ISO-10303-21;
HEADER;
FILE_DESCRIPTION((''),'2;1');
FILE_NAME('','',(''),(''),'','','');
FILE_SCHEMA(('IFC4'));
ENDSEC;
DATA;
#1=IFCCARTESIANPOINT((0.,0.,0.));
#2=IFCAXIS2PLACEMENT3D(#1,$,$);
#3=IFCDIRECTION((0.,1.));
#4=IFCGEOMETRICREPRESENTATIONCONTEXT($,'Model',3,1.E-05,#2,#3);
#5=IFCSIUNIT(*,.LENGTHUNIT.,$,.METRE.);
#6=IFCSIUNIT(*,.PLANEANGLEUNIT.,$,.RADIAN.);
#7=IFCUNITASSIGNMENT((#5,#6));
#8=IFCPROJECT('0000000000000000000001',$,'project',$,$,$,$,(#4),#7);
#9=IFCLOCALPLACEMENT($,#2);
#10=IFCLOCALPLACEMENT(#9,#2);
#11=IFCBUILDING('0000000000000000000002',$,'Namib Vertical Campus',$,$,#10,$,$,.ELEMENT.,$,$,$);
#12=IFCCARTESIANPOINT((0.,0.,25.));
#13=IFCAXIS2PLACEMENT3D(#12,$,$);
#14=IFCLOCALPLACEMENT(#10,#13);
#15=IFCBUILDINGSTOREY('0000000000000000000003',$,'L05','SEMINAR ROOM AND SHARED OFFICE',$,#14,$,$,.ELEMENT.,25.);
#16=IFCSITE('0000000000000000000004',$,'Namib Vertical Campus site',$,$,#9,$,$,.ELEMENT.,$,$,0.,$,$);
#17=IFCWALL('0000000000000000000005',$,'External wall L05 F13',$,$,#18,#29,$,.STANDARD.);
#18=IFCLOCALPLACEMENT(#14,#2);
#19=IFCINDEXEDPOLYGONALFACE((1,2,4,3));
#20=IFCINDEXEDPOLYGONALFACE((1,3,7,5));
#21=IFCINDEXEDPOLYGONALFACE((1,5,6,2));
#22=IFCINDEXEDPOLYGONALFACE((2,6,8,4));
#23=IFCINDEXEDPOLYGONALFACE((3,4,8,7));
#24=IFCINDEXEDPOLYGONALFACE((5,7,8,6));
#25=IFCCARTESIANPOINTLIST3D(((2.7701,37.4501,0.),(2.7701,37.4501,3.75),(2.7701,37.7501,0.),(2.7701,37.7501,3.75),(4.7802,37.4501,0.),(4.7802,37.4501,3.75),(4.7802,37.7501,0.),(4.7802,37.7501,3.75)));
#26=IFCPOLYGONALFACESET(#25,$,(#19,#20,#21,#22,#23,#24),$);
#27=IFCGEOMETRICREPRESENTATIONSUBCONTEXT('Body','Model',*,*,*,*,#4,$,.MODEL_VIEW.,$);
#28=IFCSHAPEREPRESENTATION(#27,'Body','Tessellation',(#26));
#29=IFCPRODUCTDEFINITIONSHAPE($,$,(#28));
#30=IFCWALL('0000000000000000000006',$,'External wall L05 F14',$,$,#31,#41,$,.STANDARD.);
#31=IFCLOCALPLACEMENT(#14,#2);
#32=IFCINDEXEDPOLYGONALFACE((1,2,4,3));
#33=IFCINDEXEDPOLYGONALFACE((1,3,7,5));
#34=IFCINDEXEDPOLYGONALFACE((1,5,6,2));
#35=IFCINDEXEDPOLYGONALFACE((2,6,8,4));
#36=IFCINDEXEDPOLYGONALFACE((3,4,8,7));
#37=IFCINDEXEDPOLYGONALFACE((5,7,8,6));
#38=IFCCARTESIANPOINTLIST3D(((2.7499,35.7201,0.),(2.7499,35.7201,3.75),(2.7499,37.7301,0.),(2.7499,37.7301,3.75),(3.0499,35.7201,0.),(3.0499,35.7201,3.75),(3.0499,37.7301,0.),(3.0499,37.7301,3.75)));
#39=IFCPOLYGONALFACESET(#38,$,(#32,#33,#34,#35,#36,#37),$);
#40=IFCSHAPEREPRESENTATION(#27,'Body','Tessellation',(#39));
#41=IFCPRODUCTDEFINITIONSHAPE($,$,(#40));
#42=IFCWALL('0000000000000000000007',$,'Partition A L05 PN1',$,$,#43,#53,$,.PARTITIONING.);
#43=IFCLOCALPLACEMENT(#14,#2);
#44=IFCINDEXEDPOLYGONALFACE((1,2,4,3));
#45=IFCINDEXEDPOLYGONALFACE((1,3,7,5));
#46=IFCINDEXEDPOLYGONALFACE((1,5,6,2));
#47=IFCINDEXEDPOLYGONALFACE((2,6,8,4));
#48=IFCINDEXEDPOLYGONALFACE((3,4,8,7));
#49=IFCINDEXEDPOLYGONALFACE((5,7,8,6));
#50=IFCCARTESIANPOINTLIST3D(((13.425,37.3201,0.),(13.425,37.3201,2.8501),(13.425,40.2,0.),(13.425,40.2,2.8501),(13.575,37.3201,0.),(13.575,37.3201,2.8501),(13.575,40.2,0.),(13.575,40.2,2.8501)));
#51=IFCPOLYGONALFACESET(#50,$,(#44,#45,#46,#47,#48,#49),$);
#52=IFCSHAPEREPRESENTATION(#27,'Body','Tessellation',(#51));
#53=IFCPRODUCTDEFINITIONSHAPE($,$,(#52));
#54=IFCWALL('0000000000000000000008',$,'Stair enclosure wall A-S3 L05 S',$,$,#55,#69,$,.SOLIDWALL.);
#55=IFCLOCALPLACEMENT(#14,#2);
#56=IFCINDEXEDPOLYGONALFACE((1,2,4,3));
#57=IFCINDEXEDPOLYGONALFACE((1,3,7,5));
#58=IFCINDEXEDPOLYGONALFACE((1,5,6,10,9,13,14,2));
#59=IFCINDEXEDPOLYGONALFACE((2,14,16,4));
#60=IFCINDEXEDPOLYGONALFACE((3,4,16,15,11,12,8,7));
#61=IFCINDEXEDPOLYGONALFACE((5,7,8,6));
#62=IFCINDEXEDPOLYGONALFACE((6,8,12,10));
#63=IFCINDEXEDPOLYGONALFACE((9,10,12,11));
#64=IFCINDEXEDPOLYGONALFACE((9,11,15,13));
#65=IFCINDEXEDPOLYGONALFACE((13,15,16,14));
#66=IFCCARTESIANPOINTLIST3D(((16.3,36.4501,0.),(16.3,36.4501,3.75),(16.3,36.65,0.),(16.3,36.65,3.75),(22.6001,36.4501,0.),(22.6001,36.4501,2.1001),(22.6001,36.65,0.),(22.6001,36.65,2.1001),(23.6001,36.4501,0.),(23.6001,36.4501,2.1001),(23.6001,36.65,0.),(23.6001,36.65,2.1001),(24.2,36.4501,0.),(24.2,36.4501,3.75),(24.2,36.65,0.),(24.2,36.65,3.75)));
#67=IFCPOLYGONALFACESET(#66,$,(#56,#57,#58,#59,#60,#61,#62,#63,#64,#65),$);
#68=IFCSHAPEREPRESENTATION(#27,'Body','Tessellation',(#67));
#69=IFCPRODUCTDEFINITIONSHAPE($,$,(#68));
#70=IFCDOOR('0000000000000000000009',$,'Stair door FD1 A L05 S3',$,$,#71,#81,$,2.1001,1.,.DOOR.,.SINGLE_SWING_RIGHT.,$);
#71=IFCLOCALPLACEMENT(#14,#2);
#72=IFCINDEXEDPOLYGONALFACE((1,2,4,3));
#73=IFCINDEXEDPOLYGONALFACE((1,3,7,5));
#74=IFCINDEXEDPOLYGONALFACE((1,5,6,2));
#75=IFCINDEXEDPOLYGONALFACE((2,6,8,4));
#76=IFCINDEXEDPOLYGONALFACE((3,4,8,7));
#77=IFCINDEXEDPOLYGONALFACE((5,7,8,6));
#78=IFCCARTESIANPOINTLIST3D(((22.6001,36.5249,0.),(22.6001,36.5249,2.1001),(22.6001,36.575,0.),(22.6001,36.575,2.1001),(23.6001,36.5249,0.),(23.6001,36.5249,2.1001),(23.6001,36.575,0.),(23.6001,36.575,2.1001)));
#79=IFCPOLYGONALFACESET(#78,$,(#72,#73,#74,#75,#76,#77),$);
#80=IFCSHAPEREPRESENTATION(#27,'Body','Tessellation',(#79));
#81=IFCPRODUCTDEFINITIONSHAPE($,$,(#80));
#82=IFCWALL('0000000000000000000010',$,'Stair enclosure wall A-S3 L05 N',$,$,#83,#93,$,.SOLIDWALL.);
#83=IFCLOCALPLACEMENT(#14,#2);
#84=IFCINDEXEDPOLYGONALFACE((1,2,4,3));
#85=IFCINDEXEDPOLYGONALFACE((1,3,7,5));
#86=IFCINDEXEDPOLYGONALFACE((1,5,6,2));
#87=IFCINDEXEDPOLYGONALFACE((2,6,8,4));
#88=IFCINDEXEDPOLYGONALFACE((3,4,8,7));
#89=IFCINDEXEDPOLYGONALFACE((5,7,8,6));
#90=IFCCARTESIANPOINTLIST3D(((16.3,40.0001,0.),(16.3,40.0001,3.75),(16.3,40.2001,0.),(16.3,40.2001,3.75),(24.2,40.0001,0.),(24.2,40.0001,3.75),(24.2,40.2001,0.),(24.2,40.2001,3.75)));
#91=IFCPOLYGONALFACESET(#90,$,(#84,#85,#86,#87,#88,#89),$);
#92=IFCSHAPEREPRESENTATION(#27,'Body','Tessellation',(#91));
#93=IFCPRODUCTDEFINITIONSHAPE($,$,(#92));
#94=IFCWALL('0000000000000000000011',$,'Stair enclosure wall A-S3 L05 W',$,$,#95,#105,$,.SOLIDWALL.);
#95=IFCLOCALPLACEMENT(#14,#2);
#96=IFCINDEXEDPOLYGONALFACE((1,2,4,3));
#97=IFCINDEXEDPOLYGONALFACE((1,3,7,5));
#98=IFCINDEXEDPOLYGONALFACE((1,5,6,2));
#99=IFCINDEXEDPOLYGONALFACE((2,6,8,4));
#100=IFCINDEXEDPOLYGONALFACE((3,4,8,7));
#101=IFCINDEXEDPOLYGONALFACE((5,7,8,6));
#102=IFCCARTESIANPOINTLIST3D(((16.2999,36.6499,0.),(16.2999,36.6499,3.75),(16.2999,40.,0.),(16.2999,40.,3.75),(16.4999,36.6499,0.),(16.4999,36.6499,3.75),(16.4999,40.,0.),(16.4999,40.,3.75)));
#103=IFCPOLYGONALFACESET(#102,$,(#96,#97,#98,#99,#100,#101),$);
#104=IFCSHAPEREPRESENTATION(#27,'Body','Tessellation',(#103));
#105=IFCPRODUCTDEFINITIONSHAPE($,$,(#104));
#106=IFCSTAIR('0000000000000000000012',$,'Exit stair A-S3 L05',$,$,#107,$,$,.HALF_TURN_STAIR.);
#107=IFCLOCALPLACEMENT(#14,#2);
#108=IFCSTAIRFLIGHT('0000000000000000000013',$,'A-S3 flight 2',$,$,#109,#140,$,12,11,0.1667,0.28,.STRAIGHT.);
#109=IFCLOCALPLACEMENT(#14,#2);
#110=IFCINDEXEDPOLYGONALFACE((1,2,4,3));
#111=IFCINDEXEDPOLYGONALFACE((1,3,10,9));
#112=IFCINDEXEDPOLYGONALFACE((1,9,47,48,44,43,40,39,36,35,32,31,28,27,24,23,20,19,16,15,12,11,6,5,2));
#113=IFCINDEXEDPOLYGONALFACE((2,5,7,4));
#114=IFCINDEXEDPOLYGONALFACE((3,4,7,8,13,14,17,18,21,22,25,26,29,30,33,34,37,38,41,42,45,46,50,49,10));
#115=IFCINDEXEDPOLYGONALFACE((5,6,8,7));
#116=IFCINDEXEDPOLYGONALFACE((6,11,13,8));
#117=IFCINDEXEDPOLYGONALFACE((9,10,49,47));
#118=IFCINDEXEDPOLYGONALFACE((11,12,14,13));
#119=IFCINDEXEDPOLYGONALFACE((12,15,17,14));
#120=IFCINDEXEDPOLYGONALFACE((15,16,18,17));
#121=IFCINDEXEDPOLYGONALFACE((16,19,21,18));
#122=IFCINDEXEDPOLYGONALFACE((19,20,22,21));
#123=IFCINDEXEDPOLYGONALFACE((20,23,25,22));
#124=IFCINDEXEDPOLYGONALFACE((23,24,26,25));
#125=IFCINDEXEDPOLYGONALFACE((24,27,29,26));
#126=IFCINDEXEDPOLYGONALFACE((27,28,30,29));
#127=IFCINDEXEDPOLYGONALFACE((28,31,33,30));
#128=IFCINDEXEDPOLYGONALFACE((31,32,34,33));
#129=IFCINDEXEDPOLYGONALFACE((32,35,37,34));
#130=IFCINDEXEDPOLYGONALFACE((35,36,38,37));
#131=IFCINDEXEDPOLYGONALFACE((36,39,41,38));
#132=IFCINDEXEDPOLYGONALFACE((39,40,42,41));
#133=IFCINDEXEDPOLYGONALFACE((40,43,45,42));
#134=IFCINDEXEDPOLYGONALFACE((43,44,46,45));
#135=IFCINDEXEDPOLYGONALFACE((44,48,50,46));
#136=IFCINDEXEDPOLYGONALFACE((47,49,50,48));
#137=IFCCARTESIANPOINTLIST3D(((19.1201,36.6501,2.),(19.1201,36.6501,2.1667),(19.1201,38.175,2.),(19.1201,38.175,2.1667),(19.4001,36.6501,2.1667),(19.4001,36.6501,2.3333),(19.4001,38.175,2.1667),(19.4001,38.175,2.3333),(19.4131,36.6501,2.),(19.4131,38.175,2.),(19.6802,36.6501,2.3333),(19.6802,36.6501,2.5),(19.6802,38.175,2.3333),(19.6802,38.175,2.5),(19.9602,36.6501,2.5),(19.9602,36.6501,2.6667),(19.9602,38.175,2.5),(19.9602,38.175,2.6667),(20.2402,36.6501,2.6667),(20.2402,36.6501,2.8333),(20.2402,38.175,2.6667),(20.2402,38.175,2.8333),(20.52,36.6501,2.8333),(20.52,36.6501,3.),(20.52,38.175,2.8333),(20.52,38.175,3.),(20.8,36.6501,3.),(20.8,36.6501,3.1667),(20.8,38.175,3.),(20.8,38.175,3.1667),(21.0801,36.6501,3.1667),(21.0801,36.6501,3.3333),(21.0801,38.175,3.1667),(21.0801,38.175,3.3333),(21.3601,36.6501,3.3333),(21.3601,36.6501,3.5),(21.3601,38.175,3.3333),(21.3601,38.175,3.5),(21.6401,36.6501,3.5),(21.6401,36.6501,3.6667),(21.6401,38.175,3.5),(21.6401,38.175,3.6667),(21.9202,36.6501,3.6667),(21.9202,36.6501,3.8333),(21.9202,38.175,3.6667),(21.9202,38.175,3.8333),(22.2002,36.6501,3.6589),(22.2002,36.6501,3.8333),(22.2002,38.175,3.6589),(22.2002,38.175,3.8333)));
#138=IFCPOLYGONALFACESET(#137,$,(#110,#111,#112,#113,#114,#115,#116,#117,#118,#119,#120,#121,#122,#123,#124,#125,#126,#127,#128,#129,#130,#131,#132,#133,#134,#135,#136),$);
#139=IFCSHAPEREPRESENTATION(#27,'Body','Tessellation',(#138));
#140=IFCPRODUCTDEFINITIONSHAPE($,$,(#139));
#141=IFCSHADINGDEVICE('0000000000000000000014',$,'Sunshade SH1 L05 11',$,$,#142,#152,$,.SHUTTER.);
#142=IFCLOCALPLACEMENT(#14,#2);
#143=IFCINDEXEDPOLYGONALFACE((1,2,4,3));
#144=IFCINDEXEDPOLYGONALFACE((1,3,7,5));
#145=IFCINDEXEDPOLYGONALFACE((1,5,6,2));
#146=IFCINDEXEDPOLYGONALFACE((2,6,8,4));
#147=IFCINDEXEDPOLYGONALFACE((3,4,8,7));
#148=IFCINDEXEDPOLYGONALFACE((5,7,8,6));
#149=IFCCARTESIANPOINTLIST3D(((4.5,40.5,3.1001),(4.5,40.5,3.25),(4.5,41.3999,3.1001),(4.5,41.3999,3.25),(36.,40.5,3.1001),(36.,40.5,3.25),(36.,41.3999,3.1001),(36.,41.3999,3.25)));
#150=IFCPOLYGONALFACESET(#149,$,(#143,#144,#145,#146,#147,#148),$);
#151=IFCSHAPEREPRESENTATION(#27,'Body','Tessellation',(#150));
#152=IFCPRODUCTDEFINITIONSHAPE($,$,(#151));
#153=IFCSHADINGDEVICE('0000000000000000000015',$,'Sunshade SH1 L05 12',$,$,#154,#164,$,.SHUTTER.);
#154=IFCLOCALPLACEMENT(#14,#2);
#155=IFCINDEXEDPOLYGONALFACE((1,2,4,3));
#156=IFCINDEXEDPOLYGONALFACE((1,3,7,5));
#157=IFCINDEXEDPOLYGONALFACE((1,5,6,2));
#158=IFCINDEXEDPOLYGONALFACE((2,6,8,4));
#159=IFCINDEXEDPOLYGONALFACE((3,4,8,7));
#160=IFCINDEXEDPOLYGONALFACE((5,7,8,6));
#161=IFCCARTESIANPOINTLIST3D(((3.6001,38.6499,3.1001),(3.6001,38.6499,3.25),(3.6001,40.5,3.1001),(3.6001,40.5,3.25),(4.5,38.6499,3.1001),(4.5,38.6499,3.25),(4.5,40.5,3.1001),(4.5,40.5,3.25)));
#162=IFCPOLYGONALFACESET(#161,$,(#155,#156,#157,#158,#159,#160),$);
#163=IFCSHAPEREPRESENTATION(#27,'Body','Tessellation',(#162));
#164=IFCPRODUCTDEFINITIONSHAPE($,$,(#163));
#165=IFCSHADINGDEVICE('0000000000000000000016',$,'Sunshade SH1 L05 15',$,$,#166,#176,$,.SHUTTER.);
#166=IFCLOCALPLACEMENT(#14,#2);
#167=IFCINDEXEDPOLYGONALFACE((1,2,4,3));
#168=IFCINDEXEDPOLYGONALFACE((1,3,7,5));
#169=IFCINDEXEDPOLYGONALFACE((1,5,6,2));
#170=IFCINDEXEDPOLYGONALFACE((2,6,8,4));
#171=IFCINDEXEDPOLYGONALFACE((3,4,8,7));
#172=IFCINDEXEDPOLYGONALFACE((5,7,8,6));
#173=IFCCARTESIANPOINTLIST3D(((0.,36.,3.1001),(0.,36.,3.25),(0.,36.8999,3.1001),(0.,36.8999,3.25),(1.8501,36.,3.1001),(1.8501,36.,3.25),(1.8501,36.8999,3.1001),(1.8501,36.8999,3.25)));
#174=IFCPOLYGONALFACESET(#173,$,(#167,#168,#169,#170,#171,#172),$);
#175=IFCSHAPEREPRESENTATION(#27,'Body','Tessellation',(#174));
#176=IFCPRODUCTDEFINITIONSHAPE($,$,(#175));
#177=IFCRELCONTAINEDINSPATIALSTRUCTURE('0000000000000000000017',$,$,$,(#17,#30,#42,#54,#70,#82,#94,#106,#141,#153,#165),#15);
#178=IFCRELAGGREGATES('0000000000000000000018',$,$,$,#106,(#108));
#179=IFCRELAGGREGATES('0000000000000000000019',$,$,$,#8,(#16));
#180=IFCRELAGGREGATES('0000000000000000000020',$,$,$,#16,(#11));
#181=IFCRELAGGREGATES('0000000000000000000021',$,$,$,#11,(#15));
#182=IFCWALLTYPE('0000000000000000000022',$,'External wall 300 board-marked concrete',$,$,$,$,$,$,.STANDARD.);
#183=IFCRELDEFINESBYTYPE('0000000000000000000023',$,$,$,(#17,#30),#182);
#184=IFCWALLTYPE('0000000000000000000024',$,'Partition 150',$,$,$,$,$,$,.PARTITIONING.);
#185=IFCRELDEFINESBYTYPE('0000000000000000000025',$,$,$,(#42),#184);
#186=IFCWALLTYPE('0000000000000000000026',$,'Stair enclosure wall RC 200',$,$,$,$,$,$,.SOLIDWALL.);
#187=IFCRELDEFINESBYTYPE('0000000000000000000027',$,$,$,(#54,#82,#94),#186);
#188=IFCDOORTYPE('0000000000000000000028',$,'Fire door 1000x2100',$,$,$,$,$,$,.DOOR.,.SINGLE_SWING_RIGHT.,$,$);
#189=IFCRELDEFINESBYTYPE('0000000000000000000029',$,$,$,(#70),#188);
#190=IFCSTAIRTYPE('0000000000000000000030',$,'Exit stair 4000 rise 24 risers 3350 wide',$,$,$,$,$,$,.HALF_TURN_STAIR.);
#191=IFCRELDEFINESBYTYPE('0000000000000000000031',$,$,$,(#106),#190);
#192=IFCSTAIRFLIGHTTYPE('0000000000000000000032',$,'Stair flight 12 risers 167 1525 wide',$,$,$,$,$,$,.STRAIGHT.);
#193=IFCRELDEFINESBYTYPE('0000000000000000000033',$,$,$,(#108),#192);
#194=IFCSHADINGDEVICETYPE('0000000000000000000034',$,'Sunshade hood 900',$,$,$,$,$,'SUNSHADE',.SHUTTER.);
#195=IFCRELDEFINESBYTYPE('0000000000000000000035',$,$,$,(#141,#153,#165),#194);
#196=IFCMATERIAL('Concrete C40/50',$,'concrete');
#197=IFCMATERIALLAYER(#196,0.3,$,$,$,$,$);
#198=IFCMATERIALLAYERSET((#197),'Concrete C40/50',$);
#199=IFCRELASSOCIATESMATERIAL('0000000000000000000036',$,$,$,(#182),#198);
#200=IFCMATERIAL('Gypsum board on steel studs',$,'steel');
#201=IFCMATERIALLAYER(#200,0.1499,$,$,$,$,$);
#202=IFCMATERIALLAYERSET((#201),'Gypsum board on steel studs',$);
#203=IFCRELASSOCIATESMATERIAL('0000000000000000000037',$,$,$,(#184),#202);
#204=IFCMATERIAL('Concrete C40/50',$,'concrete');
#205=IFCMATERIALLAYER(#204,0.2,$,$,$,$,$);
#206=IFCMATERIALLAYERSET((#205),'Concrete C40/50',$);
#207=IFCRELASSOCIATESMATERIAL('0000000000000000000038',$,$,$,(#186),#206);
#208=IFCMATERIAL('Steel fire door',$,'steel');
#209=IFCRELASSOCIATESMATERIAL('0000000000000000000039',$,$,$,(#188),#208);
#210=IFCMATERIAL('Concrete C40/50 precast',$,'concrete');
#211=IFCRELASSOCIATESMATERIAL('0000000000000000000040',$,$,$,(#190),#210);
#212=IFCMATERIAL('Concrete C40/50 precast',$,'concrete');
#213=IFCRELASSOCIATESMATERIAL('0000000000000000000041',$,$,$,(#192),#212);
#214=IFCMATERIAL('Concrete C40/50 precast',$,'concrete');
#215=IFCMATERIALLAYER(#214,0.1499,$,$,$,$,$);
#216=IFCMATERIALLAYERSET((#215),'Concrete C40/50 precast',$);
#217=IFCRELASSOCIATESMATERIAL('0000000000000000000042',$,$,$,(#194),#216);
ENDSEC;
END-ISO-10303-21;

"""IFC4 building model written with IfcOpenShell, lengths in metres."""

from ifc_helpers import new_model, si_unit, direction, frame, frame_2d, origin, origin_2d, place, context, subcontext, project, spatial, polyline, rectangle, outline, extrude, material, layer, layer_set, type_object, element, fill, aggregate, save


model = new_model("IFC4")

# Units and contexts
model_context = context("Model", 3, precision=1e-05, world=origin(), true_north=direction((0.0, 1.0)))
body_context = subcontext(model_context, "Body", "Model", "MODEL_VIEW")
ifc_project = project(units=[si_unit("LENGTHUNIT", "METRE"), si_unit("PLANEANGLEUNIT", "RADIAN")], contexts=[model_context])

# Site, building, storey
site_placement = place(None, origin())
site = spatial("IfcSite", under=ifc_project, at=site_placement, Name="Namib Vertical Campus site", CompositionType="ELEMENT", RefElevation=0.0)
building_placement = place(site_placement, origin())
building = spatial("IfcBuilding", under=site, at=building_placement, Name="Namib Vertical Campus", CompositionType="ELEMENT")
storey_placement = place(building_placement, frame((0.0, 0.0, 25.0)))
storey = spatial("IfcBuildingStorey", under=building, at=storey_placement, Name="L05", Description="SEMINAR ROOM AND SHARED OFFICE", CompositionType="ELEMENT", Elevation=25.0)

# Walls
ifc_material_1 = material(Name="Concrete C40/50", Category="concrete")
ifc_layer_1 = layer(ifc_material_1, 0.3)
ifc_layer_set_1 = layer_set([ifc_layer_1], Name="Concrete C40/50")
wall_type_1 = type_object("IfcWallType", Name="External wall 300 board-marked concrete", PredefinedType="STANDARD", material=ifc_layer_set_1)
for number, where, z_axis, x_axis, name in (
    (1, (4.78, 37.6001, 0.0), (0.0, 0.0, 1.0), (-1.0, 0.0, 0.0), "External wall L05 F13"),
    (2, (2.8999, 37.73, 0.0), (0.0, 0.0, 1.0), (0.0, -1.0, 0.0), "External wall L05 F14"),
):
    element("IfcWall", number, at=place(storey_placement, frame(where, z_axis=z_axis, x_axis=x_axis)), inside=storey, type_object=wall_type_1, Name=name, PredefinedType="STANDARD", context=body_context, shape_type="SweptSolid", body=[
        extrude(rectangle(XDim=2.01, YDim=0.3, at=frame_2d((1.0049, 0.0))), origin(), (0.0, 0.0, 1.0), 3.75),
    ])
ifc_material_2 = material(Name="Gypsum board on steel studs", Category="steel")
ifc_layer_2 = layer(ifc_material_2, 0.1499)
ifc_layer_set_2 = layer_set([ifc_layer_2], Name="Gypsum board on steel studs")
wall_type_2 = type_object("IfcWallType", Name="Partition 150", PredefinedType="PARTITIONING", material=ifc_layer_set_2)
wall_1_placement = place(storey_placement, frame((13.5, 37.3201, 0.0), z_axis=(0.0, 0.0, 1.0), x_axis=(0.0, 1.0, 0.0)))
element("IfcWall", 3, at=wall_1_placement, inside=storey, type_object=wall_type_2, Name="Partition A L05 PN1", PredefinedType="PARTITIONING", context=body_context, shape_type="SweptSolid", body=[
    extrude(rectangle(XDim=2.8799, YDim=0.1499, at=frame_2d((1.4399, 0.0))), origin(), (0.0, 0.0, 1.0), 2.8501),
])

# Wall, opening, door
ifc_material_3 = material(Name="Concrete C40/50", Category="concrete")
ifc_layer_3 = layer(ifc_material_3, 0.2)
ifc_layer_set_3 = layer_set([ifc_layer_3], Name="Concrete C40/50")
wall_type_3 = type_object("IfcWallType", Name="Stair enclosure wall RC 200", PredefinedType="SOLIDWALL", material=ifc_layer_set_3)
wall_2_placement = place(storey_placement, frame((16.3, 36.55, 0.0), z_axis=(0.0, 0.0, 1.0), x_axis=(1.0, 0.0, 0.0)))
wall_2 = element("IfcWall", 4, at=wall_2_placement, inside=storey, type_object=wall_type_3, Name="Stair enclosure wall A-S3 L05 S", PredefinedType="SOLIDWALL", context=body_context, shape_type="SweptSolid", body=[
    extrude(rectangle(XDim=7.8999, YDim=0.2, at=frame_2d((3.95, 0.0))), origin(), (0.0, 0.0, 1.0), 3.75),
])
opening_placement = place(wall_2_placement, frame((6.3, 0.0, 0.0)))
opening = element("IfcOpeningElement", 5, at=opening_placement, cuts=wall_2, PredefinedType="OPENING", context=body_context, shape_type="SweptSolid", body=[
    extrude(rectangle(XDim=1.0, YDim=2.1001, at=frame_2d((0.5, 1.05))), frame((0.0, 0.1099, 0.0), z_axis=(0.0, -1.0, 0.0), x_axis=(1.0, 0.0, 0.0)), (0.0, 0.0, 1.0), 0.22),
])
ifc_material_4 = material(Name="Steel fire door", Category="steel")
door_type = type_object("IfcDoorType", Name="Fire door 1000x2100", OperationType="SINGLE_SWING_RIGHT", PredefinedType="DOOR", material=ifc_material_4)
door_placement = place(opening_placement, origin())
door = element("IfcDoor", 6, at=door_placement, inside=storey, type_object=door_type, Name="Stair door FD1 A L05 S3", OperationType="SINGLE_SWING_RIGHT", OverallHeight=2.1001, OverallWidth=1.0, PredefinedType="DOOR", context=body_context, shape_type="SweptSolid", body=[
    extrude(rectangle(XDim=1.0, YDim=2.1001, at=frame_2d((0.5, 1.05))), frame((0.0, 0.0249, 0.0), z_axis=(0.0, -1.0, 0.0), x_axis=(1.0, 0.0, 0.0)), (0.0, 0.0, 1.0), 0.05),
])
fill(opening, door)

# Walls
wall_3_placement = place(storey_placement, frame((16.3, 40.1001, 0.0), z_axis=(0.0, 0.0, 1.0), x_axis=(1.0, 0.0, 0.0)))
element("IfcWall", 7, at=wall_3_placement, inside=storey, type_object=wall_type_3, Name="Stair enclosure wall A-S3 L05 N", PredefinedType="SOLIDWALL", context=body_context, shape_type="SweptSolid", body=[
    extrude(rectangle(XDim=7.8999, YDim=0.2, at=frame_2d((3.95, 0.0))), origin(), (0.0, 0.0, 1.0), 3.75),
])
wall_4_placement = place(storey_placement, frame((16.3999, 36.6499, 0.0), z_axis=(0.0, 0.0, 1.0), x_axis=(0.0, 1.0, 0.0)))
element("IfcWall", 8, at=wall_4_placement, inside=storey, type_object=wall_type_3, Name="Stair enclosure wall A-S3 L05 W", PredefinedType="SOLIDWALL", context=body_context, shape_type="SweptSolid", body=[
    extrude(rectangle(XDim=3.3501, YDim=0.2, at=frame_2d((1.675, 0.0))), origin(), (0.0, 0.0, 1.0), 3.75),
])

# Stair, stair flight
ifc_material_5 = material(Name="Concrete C40/50 precast", Category="concrete")
stair_type = type_object("IfcStairType", Name="Exit stair 4000 rise 24 risers 3350 wide", PredefinedType="HALF_TURN_STAIR", material=ifc_material_5)
stair_placement = place(storey_placement, origin())
stair = element("IfcStair", 9, at=stair_placement, inside=storey, type_object=stair_type, Name="Exit stair A-S3 L05", PredefinedType="HALF_TURN_STAIR")
ifc_material_6 = material(Name="Concrete C40/50 precast", Category="concrete")
stair_flight_type = type_object("IfcStairFlightType", Name="Stair flight 12 risers 167 1525 wide", PredefinedType="STRAIGHT", material=ifc_material_6)
stair_flight_placement = place(storey_placement, frame((19.1201, 37.4126, 2.0), z_axis=(0.0, 0.0, 1.0), x_axis=(1.0, 0.0, 0.0)))
stair_flight = element("IfcStairFlight", 10, at=stair_flight_placement, type_object=stair_flight_type, Name="A-S3 flight 2", NumberOfRisers=12, NumberOfTreads=11, PredefinedType="STRAIGHT", RiserHeight=0.1667, TreadLength=0.28, context=body_context, shape_type="SweptSolid", body=[
    extrude(outline(polyline([(0.0, 0.0), (0.0, 0.1667), (0.28, 0.1667), (0.28, 0.3333), (0.5601, 0.3333), (0.5601, 0.5), (0.8401, 0.5), (0.8401, 0.6667), (1.1201, 0.6667), (1.1201, 0.8333), (1.3999, 0.8333), (1.3999, 1.0), (1.6799, 1.0), (1.6799, 1.1667), (1.96, 1.1667), (1.96, 1.3333), (2.24, 1.3333), (2.24, 1.5), (2.52, 1.5), (2.52, 1.6667), (2.8, 1.6667), (2.8, 1.8333), (3.0801, 1.8333), (3.0801, 2.0), (3.0801, 1.6589), (0.293, 0.0), (0.0, 0.0)])), frame((0.0, 0.7625, 0.0), z_axis=(0.0, -1.0, 0.0), x_axis=(1.0, 0.0, 0.0)), (0.0, 0.0, 1.0), 1.5249),
])
aggregate(stair, [stair_flight])

# Shading devices
ifc_material_7 = material(Name="Concrete C40/50 precast", Category="concrete")
ifc_layer_4 = layer(ifc_material_7, 0.1499)
ifc_layer_set_4 = layer_set([ifc_layer_4], Name="Concrete C40/50 precast")
shading_device_type = type_object("IfcShadingDeviceType", Name="Sunshade hood 900", ElementType="SUNSHADE", PredefinedType="SHUTTER", material=ifc_layer_set_4)
shading_device_placement = place(storey_placement, frame((20.25, 40.95, 3.1001), z_axis=(0.0, 0.0, 1.0), x_axis=(-1.0, 0.0, 0.0)))
element("IfcShadingDevice", 11, at=shading_device_placement, inside=storey, type_object=shading_device_type, Name="Sunshade SH1 L05 11", PredefinedType="SHUTTER", context=body_context, shape_type="SweptSolid", body=[
    extrude(rectangle(XDim=31.5, YDim=0.8999, at=origin_2d()), origin(), (0.0, 0.0, 1.0), 0.1499),
])
for number, where, z_axis, x_axis, name in (
    (12, (4.05, 39.575, 3.1001), (0.0, 0.0, 1.0), (0.0, -1.0, 0.0), "Sunshade SH1 L05 12"),
    (13, (0.925, 36.45, 3.1001), (0.0, 0.0, 1.0), (-1.0, 0.0, 0.0), "Sunshade SH1 L05 15"),
):
    element("IfcShadingDevice", number, at=place(storey_placement, frame(where, z_axis=z_axis, x_axis=x_axis)), inside=storey, type_object=shading_device_type, Name=name, PredefinedType="SHUTTER", context=body_context, shape_type="SweptSolid", body=[
        extrude(rectangle(XDim=1.8501, YDim=0.8999, at=origin_2d()), origin(), (0.0, 0.0, 1.0), 0.1499),
    ])

save(model, "model.ifc")
